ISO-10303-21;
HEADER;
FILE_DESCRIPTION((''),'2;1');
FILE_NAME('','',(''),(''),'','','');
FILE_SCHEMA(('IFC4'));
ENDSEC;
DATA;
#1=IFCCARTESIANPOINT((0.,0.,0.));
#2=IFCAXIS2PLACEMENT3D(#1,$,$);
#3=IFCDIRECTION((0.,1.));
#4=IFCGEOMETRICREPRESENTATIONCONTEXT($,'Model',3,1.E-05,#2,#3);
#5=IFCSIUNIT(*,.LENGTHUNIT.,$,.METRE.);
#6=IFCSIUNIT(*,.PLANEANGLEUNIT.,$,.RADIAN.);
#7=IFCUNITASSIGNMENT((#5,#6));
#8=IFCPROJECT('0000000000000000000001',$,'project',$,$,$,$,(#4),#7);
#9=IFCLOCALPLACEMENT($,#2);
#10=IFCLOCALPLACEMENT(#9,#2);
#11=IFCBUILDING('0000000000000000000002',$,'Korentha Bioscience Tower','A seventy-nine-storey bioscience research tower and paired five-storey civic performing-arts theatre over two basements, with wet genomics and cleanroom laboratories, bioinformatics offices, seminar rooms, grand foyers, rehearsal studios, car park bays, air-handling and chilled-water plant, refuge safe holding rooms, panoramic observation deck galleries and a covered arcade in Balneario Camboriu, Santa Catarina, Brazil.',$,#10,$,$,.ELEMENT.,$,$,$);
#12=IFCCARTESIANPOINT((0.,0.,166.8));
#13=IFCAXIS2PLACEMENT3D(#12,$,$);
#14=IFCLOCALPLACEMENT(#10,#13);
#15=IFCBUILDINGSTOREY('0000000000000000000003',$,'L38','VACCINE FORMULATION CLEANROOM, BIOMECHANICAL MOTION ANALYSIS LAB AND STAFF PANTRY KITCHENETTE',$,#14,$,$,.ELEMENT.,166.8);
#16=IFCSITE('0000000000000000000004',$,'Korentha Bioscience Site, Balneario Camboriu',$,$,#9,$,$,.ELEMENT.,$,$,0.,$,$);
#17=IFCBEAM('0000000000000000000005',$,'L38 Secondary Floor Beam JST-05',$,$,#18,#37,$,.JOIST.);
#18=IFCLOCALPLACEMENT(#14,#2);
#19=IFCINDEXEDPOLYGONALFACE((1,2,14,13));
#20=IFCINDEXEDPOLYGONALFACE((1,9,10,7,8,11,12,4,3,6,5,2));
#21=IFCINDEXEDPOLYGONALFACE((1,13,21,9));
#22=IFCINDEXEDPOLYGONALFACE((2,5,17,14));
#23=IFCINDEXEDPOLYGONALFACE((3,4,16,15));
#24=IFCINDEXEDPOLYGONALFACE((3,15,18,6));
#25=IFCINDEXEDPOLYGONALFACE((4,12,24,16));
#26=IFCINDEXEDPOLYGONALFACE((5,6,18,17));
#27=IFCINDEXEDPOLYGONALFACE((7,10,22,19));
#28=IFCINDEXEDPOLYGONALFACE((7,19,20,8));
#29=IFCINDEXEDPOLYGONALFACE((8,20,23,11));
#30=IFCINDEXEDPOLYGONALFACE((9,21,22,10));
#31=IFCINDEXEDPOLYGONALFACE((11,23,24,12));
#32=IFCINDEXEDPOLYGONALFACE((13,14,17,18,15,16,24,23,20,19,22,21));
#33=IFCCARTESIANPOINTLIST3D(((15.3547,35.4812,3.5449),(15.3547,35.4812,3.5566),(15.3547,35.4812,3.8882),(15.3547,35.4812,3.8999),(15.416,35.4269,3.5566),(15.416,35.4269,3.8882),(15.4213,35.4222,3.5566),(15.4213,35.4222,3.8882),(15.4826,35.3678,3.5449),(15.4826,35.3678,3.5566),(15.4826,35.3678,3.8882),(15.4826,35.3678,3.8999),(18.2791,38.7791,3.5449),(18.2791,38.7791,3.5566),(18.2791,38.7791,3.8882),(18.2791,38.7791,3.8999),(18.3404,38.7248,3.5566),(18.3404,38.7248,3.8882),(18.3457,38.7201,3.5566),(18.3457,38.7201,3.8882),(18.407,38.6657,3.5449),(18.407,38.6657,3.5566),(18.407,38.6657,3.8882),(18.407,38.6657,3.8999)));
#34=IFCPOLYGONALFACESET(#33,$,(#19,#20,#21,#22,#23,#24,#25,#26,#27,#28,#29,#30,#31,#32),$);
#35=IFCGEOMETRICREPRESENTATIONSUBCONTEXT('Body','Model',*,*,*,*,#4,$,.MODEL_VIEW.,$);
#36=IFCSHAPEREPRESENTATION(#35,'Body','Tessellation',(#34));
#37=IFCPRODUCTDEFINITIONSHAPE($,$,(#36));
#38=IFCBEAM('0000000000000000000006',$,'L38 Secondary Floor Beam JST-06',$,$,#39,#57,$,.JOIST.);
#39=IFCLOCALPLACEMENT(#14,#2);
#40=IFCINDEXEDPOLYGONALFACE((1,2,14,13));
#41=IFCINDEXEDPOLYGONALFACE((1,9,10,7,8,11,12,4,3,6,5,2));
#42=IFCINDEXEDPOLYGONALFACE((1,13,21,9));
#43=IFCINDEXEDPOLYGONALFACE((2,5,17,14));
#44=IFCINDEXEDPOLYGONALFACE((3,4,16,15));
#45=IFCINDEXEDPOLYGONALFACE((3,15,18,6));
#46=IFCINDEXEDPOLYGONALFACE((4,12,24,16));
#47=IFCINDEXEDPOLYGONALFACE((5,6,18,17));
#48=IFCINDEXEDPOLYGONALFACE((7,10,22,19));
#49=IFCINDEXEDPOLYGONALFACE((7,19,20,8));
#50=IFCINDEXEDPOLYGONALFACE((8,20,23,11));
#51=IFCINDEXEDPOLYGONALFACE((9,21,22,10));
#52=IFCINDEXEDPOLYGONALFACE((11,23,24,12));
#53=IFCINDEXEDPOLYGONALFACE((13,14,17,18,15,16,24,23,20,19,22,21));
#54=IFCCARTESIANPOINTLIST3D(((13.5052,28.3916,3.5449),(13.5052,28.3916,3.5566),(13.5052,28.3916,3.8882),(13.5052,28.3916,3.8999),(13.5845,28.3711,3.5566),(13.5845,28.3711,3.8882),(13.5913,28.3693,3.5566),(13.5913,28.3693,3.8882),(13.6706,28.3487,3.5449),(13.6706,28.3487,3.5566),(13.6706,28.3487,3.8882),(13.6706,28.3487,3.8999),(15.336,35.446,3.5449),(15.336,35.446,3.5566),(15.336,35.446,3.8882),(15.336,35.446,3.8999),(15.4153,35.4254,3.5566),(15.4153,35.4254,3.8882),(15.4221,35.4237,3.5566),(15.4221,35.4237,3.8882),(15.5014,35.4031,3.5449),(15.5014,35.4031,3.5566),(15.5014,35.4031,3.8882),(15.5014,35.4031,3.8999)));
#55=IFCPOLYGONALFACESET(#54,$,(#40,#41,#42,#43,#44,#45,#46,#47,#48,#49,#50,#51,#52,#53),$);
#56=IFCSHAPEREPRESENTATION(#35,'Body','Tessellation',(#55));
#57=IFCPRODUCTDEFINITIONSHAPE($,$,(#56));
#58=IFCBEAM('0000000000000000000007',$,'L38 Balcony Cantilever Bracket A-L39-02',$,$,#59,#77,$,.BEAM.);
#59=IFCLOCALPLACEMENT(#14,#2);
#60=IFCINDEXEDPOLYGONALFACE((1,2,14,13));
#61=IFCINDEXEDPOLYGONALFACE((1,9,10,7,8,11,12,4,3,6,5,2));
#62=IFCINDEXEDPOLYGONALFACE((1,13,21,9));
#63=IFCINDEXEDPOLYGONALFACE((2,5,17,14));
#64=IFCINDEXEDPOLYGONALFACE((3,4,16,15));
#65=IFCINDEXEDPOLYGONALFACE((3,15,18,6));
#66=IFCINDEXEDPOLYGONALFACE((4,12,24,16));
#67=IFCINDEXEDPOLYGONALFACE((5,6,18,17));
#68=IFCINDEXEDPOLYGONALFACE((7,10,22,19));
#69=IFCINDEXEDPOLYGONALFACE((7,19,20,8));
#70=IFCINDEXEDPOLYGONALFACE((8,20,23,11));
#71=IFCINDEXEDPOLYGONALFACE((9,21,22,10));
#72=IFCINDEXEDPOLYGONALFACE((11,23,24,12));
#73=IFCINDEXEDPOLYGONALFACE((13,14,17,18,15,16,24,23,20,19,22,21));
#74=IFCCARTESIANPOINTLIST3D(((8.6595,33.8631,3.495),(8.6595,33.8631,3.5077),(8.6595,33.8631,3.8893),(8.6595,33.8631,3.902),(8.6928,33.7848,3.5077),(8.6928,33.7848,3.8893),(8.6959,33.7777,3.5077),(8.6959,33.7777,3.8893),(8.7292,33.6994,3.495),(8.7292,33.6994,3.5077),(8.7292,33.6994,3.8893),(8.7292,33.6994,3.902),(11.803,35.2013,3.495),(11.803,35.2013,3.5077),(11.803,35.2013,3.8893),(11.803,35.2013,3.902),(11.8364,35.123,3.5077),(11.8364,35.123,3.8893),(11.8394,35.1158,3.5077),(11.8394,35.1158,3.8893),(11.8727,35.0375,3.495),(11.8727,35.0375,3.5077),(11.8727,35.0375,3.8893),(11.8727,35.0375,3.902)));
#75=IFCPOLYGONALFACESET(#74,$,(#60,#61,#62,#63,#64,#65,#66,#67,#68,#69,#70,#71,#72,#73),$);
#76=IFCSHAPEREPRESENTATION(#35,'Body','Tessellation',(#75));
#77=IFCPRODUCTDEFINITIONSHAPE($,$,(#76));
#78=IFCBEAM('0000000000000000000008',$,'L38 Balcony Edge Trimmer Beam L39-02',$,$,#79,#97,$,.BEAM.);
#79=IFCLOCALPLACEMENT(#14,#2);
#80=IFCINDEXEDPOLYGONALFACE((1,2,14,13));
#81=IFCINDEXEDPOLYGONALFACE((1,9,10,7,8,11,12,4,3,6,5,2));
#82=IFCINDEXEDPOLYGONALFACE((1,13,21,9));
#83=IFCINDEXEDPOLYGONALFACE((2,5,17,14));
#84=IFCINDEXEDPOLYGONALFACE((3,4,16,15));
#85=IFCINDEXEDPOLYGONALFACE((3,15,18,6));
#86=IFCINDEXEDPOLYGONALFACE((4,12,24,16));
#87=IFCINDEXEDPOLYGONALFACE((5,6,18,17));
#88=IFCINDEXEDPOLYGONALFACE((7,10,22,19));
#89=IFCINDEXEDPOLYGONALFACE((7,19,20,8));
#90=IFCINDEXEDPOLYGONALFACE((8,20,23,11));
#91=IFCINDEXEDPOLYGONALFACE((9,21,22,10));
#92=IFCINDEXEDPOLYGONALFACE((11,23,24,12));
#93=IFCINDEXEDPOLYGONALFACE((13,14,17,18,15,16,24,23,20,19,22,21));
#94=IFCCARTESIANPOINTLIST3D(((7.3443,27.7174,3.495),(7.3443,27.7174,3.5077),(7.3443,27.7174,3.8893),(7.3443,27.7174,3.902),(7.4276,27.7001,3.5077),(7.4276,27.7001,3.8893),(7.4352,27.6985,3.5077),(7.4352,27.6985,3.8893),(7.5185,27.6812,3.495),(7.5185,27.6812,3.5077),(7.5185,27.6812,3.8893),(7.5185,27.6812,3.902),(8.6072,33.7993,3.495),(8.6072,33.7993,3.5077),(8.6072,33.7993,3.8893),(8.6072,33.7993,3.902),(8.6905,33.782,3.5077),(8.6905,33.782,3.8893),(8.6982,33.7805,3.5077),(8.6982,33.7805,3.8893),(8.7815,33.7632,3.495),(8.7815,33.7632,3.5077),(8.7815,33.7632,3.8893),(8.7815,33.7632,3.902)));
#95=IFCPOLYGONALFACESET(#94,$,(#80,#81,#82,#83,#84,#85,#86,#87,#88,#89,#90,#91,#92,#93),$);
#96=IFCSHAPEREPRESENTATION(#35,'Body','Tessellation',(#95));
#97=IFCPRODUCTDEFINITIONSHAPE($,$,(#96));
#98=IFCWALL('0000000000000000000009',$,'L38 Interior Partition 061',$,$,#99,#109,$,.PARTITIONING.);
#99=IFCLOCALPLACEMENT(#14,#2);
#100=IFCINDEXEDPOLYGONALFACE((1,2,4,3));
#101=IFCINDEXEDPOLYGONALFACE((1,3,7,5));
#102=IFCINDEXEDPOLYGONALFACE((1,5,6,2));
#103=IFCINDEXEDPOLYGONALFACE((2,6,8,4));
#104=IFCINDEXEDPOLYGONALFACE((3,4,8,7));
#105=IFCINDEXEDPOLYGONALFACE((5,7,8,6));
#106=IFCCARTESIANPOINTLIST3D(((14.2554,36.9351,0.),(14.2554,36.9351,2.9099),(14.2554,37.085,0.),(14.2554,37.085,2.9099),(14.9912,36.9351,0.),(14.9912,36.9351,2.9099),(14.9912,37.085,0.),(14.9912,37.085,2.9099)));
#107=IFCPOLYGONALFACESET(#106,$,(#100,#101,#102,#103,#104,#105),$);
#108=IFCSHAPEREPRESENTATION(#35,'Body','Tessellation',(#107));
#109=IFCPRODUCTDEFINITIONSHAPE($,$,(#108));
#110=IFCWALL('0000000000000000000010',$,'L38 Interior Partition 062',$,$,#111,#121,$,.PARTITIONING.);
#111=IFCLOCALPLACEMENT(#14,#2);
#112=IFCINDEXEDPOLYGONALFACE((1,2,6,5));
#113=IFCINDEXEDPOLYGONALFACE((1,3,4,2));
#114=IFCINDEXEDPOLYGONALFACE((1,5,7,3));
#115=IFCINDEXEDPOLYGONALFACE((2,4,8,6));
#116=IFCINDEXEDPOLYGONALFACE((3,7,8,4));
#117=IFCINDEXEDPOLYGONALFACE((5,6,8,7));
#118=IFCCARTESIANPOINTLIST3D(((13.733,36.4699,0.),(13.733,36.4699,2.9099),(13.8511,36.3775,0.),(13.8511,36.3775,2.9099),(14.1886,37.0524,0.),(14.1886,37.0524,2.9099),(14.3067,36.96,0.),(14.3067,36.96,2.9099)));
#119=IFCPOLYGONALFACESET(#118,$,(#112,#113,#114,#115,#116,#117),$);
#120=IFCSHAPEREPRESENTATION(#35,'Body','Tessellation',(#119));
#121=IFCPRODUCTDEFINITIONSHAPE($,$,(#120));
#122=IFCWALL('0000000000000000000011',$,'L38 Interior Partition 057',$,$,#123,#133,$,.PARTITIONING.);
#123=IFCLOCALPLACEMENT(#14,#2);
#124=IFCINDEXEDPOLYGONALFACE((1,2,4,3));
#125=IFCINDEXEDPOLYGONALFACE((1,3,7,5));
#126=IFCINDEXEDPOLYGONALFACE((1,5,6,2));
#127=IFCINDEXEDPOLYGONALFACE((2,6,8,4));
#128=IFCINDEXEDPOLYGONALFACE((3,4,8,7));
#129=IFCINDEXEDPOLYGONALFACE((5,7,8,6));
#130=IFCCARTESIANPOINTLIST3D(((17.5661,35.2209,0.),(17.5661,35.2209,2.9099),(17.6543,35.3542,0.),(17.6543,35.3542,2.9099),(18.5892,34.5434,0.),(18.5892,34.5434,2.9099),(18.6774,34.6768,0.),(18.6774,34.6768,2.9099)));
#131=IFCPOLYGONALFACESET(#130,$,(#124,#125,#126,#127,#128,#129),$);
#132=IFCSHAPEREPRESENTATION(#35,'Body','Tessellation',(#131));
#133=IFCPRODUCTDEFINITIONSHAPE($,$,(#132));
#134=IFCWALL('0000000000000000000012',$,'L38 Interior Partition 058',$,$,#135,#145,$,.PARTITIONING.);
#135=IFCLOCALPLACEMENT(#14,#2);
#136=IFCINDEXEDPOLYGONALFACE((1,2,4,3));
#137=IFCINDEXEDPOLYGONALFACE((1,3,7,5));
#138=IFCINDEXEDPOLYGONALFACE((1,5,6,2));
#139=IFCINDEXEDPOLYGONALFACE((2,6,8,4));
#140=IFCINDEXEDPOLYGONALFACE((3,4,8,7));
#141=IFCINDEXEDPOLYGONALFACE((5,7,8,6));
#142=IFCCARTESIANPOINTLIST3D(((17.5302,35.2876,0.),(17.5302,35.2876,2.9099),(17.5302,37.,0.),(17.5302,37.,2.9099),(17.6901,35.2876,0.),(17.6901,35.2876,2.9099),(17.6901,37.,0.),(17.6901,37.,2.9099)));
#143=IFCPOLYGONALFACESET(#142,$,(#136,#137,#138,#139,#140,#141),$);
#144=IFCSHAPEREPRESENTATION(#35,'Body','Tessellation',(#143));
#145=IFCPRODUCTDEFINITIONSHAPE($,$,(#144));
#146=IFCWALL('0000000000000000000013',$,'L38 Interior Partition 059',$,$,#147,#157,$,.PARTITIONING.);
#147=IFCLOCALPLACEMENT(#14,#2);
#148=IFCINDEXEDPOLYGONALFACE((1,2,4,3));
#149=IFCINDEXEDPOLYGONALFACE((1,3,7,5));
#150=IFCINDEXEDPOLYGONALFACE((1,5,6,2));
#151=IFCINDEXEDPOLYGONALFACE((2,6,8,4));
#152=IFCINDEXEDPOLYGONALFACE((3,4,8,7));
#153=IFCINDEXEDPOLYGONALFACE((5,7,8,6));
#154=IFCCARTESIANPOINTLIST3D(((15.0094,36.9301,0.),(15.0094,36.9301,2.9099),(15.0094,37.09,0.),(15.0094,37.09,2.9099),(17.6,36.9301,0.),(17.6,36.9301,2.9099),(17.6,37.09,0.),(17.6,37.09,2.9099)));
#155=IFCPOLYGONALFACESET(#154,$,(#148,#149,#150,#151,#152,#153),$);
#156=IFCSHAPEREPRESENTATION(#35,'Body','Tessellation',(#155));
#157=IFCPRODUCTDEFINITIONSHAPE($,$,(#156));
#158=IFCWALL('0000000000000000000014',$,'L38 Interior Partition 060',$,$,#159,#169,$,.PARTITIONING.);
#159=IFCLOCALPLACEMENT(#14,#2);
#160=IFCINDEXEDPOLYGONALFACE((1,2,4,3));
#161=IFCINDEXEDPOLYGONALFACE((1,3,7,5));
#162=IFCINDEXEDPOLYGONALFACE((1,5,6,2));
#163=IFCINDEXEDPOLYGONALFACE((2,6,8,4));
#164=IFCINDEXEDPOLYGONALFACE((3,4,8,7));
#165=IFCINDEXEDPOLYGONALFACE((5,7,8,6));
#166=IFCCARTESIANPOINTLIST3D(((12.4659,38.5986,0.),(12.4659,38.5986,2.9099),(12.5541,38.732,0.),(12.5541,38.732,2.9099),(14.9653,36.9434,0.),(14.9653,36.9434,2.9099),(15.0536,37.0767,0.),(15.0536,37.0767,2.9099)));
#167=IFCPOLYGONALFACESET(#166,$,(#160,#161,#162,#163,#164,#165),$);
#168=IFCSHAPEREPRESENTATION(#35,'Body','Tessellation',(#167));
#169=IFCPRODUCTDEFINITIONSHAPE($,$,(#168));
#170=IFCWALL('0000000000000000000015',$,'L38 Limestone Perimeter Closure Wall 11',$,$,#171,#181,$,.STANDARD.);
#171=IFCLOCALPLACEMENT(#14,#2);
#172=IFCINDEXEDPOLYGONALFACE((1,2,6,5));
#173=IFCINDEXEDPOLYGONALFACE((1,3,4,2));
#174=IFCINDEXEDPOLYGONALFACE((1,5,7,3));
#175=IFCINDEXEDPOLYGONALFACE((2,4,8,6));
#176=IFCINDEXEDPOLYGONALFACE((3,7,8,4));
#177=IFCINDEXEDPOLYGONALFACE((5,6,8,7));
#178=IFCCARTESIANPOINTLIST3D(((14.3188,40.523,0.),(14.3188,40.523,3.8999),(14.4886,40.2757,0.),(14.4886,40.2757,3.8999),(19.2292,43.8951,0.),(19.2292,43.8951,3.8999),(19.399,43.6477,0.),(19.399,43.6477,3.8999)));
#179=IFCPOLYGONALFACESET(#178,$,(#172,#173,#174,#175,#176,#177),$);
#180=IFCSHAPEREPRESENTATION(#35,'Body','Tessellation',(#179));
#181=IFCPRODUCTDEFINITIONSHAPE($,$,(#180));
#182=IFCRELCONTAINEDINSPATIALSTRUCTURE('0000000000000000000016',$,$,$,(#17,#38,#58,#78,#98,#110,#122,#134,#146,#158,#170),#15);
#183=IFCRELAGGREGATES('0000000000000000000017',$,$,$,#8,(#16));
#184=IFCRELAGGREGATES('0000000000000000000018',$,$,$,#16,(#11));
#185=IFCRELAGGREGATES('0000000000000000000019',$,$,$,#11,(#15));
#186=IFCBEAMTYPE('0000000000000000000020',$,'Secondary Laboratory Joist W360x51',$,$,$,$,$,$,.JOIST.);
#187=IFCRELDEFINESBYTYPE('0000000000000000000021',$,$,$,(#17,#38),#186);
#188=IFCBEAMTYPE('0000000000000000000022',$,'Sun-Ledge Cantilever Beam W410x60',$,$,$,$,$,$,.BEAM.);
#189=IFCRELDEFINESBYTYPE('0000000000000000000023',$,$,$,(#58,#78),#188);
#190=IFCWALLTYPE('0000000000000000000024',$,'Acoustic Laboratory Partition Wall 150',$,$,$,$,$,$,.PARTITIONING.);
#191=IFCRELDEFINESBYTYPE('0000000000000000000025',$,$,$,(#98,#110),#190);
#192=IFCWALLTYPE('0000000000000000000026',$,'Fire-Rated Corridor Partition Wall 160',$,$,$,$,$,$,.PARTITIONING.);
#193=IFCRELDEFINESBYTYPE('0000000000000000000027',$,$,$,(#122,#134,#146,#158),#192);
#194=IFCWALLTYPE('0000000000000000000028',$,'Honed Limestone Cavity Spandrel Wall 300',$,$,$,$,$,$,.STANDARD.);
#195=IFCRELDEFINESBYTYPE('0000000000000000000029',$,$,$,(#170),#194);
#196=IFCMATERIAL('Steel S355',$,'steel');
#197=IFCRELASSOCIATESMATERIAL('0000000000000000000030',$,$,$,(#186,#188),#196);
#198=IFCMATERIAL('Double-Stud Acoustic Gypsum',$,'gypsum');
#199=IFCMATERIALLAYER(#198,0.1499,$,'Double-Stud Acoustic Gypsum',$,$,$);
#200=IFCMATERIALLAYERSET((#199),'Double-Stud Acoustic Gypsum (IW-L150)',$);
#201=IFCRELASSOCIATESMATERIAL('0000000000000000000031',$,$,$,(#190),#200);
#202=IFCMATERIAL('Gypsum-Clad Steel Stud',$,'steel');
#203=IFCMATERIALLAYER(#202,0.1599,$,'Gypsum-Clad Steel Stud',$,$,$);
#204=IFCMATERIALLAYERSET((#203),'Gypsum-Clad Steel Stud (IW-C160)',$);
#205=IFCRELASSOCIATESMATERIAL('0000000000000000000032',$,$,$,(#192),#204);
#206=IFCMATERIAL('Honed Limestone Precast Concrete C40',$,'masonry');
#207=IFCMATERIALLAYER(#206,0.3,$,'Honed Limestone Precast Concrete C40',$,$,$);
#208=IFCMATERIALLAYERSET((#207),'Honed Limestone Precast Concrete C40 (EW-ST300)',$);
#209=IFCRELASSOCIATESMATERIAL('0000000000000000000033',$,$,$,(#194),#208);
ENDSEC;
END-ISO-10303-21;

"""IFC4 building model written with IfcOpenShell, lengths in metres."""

from ifc_helpers import new_model, si_unit, direction, frame, frame_2d, origin, origin_2d, place, context, subcontext, project, spatial, rectangle, i_section, extrude, material, layer, layer_set, material_profile, profile_set, type_object, element, save


model = new_model("IFC4")

# Units and contexts
model_context = context("Model", 3, precision=1e-05, world=origin(), true_north=direction((0.0, 1.0)))
body_context = subcontext(model_context, "Body", "Model", "MODEL_VIEW")
ifc_project = project(units=[si_unit("LENGTHUNIT", "METRE"), si_unit("PLANEANGLEUNIT", "RADIAN")], contexts=[model_context])

# Site, building, storey
site_placement = place(None, origin())
site = spatial("IfcSite", under=ifc_project, at=site_placement, Name="Korentha Bioscience Site, Balneario Camboriu", CompositionType="ELEMENT", RefElevation=0.0)
building_placement = place(site_placement, origin())
building = spatial("IfcBuilding", under=site, at=building_placement, Name="Korentha Bioscience Tower", Description="A seventy-nine-storey bioscience research tower and paired five-storey civic performing-arts theatre over two basements, with wet genomics and cleanroom laboratories, bioinformatics offices, seminar rooms, grand foyers, rehearsal studios, car park bays, air-handling and chilled-water plant, refuge safe holding rooms, panoramic observation deck galleries and a covered arcade in Balneario Camboriu, Santa Catarina, Brazil.", CompositionType="ELEMENT")
storey_placement = place(building_placement, frame((0.0, 0.0, 166.8)))
storey = spatial("IfcBuildingStorey", under=building, at=storey_placement, Name="L38", Description="VACCINE FORMULATION CLEANROOM, BIOMECHANICAL MOTION ANALYSIS LAB AND STAFF PANTRY KITCHENETTE", CompositionType="ELEMENT", Elevation=166.8)

# Beams
ifc_material_1 = material(Name="Steel S355", Category="steel")
ifc_material_profile_1 = material_profile(ifc_material_1, i_section(OverallWidth=0.1709, OverallDepth=0.355, WebThickness=0.0071, FlangeThickness=0.0117, at=origin_2d()), Name="Steel S355")
ifc_profile_set_1 = profile_set([ifc_material_profile_1], Name="Steel S355 (JB-360)")
beam_type_1 = type_object("IfcBeamType", Name="Secondary Laboratory Joist W360x51", PredefinedType="JOIST", material=ifc_profile_set_1)
beam_1_placement = place(storey_placement, frame((18.343, 38.7224, 3.7224), z_axis=(-0.663463, -0.748209, 0.0), x_axis=(0.748209, -0.663463, 0.0)))
element("IfcBeam", 1, at=beam_1_placement, inside=storey, type_object=beam_type_1, Name="L38 Secondary Floor Beam JST-05", PredefinedType="JOIST", context=body_context, shape_type="SweptSolid", body=[
    extrude(i_section(OverallWidth=0.1709, OverallDepth=0.355, WebThickness=0.0071, FlangeThickness=0.0117, at=origin_2d()), origin(), (0.0, 0.0, 1.0), 4.4077),
])
beam_2_placement = place(storey_placement, frame((15.4187, 35.4246, 3.7224), z_axis=(-0.251204, -0.967934, 0.0), x_axis=(0.967934, -0.251204, 0.0)))
element("IfcBeam", 2, at=beam_2_placement, inside=storey, type_object=beam_type_1, Name="L38 Secondary Floor Beam JST-06", PredefinedType="JOIST", context=body_context, shape_type="SweptSolid", body=[
    extrude(i_section(OverallWidth=0.1709, OverallDepth=0.355, WebThickness=0.0071, FlangeThickness=0.0117, at=origin_2d()), origin(), (0.0, 0.0, 1.0), 7.2881),
])
ifc_material_profile_2 = material_profile(ifc_material_1, i_section(OverallWidth=0.178, OverallDepth=0.407, WebThickness=0.0078, FlangeThickness=0.0127, at=origin_2d()), Name="Steel S355")
ifc_profile_set_2 = profile_set([ifc_material_profile_2], Name="Steel S355 (CB-410)")
beam_type_2 = type_object("IfcBeamType", Name="Sun-Ledge Cantilever Beam W410x60", PredefinedType="BEAM", material=ifc_profile_set_2)
beam_3_placement = place(storey_placement, frame((11.8379, 35.1194, 3.6985), z_axis=(-0.920107, -0.391667, 0.0), x_axis=(0.391667, -0.920107, 0.0)))
element("IfcBeam", 3, at=beam_3_placement, inside=storey, type_object=beam_type_2, Name="L38 Balcony Cantilever Bracket A-L39-02", PredefinedType="BEAM", context=body_context, shape_type="SweptSolid", body=[
    extrude(i_section(OverallWidth=0.178, OverallDepth=0.407, WebThickness=0.0078, FlangeThickness=0.0127, at=origin_2d()), origin(), (0.0, 0.0, 1.0), 3.4165),
])
beam_4_placement = place(storey_placement, frame((8.6943, 33.7812, 3.6985), z_axis=(-0.203314, -0.979114, 0.0), x_axis=(0.979114, -0.203314, 0.0)))
element("IfcBeam", 4, at=beam_4_placement, inside=storey, type_object=beam_type_2, Name="L38 Balcony Edge Trimmer Beam L39-02", PredefinedType="BEAM", context=body_context, shape_type="SweptSolid", body=[
    extrude(i_section(OverallWidth=0.178, OverallDepth=0.407, WebThickness=0.0078, FlangeThickness=0.0127, at=origin_2d()), origin(), (0.0, 0.0, 1.0), 6.2117),
])

# Shared definitions
ifc_material_2 = material(Name="Double-Stud Acoustic Gypsum", Category="gypsum")
ifc_layer_1 = layer(ifc_material_2, 0.1499, Name="Double-Stud Acoustic Gypsum")
ifc_layer_set_1 = layer_set([ifc_layer_1], Name="Double-Stud Acoustic Gypsum (IW-L150)")
wall_type_1 = type_object("IfcWallType", Name="Acoustic Laboratory Partition Wall 150", PredefinedType="PARTITIONING", material=ifc_layer_set_1)

# Walls
wall_1_placement = place(storey_placement, frame((14.9912, 37.01, 0.0), z_axis=(0.0, 0.0, 1.0), x_axis=(-1.0, 0.0, 0.0)))
element("IfcWall", 5, at=wall_1_placement, inside=storey, type_object=wall_type_1, Name="L38 Interior Partition 061", PredefinedType="PARTITIONING", context=body_context, shape_type="SweptSolid", body=[
    extrude(rectangle(XDim=0.7358, YDim=0.1499, at=frame_2d((0.3679, 0.0))), origin(), (0.0, 0.0, 1.0), 2.9099),
])
wall_2_placement = place(storey_placement, frame((14.2476, 37.0061, 0.0), z_axis=(0.0, 0.0, 1.0), x_axis=(-0.616041, -0.787714, 0.0)))
element("IfcWall", 6, at=wall_2_placement, inside=storey, type_object=wall_type_1, Name="L38 Interior Partition 062", PredefinedType="PARTITIONING", context=body_context, shape_type="SweptSolid", body=[
    extrude(rectangle(XDim=0.7395, YDim=0.1499, at=frame_2d((0.3696, 0.0))), origin(), (0.0, 0.0, 1.0), 2.9099),
])
ifc_material_3 = material(Name="Gypsum-Clad Steel Stud", Category="steel")
ifc_layer_2 = layer(ifc_material_3, 0.1599, Name="Gypsum-Clad Steel Stud")
ifc_layer_set_2 = layer_set([ifc_layer_2], Name="Gypsum-Clad Steel Stud (IW-C160)")
wall_type_2 = type_object("IfcWallType", Name="Fire-Rated Corridor Partition Wall 160", PredefinedType="PARTITIONING", material=ifc_layer_set_2)
wall_3_placement = place(storey_placement, frame((18.6333, 34.6101, 0.0), z_axis=(0.0, 0.0, 1.0), x_axis=(-0.833791, 0.552081, 0.0)))
element("IfcWall", 7, at=wall_3_placement, inside=storey, type_object=wall_type_2, Name="L38 Interior Partition 057", PredefinedType="PARTITIONING", context=body_context, shape_type="SweptSolid", body=[
    extrude(rectangle(XDim=1.2271, YDim=0.1599, at=frame_2d((0.6135, 0.0))), origin(), (0.0, 0.0, 1.0), 2.9099),
])
wall_4_placement = place(storey_placement, frame((17.6101, 35.2876, 0.0), z_axis=(0.0, 0.0, 1.0), x_axis=(0.0, 1.0, 0.0)))
element("IfcWall", 8, at=wall_4_placement, inside=storey, type_object=wall_type_2, Name="L38 Interior Partition 058", PredefinedType="PARTITIONING", context=body_context, shape_type="SweptSolid", body=[
    extrude(rectangle(XDim=1.7124, YDim=0.1599, at=frame_2d((0.8562, 0.0))), origin(), (0.0, 0.0, 1.0), 2.9099),
])
wall_5_placement = place(storey_placement, frame((17.6001, 37.01, 0.0), z_axis=(0.0, 0.0, 1.0), x_axis=(-1.0, 0.0, 0.0)))
element("IfcWall", 9, at=wall_5_placement, inside=storey, type_object=wall_type_2, Name="L38 Interior Partition 059", PredefinedType="PARTITIONING", context=body_context, shape_type="SweptSolid", body=[
    extrude(rectangle(XDim=2.5906, YDim=0.1599, at=frame_2d((1.2954, 0.0))), origin(), (0.0, 0.0, 1.0), 2.9099),
])
wall_6_placement = place(storey_placement, frame((15.0095, 37.01, 0.0), z_axis=(0.0, 0.0, 1.0), x_axis=(-0.83375, 0.552142, 0.0)))
element("IfcWall", 10, at=wall_6_placement, inside=storey, type_object=wall_type_2, Name="L38 Interior Partition 060", PredefinedType="PARTITIONING", context=body_context, shape_type="SweptSolid", body=[
    extrude(rectangle(XDim=2.9978, YDim=0.1599, at=frame_2d((1.499, 0.0))), origin(), (0.0, 0.0, 1.0), 2.9099),
])

# Shared definitions
ifc_material_4 = material(Name="Honed Limestone Precast Concrete C40", Category="masonry")
ifc_layer_3 = layer(ifc_material_4, 0.3, Name="Honed Limestone Precast Concrete C40")
ifc_layer_set_3 = layer_set([ifc_layer_3], Name="Honed Limestone Precast Concrete C40 (EW-ST300)")
wall_type_3 = type_object("IfcWallType", Name="Honed Limestone Cavity Spandrel Wall 300", PredefinedType="STANDARD", material=ifc_layer_set_3)

# Wall
wall_7_placement = place(storey_placement, frame((19.3142, 43.7715, 0.0), z_axis=(0.0, 0.0, 1.0), x_axis=(-0.824342, -0.566092, 0.0)))
element("IfcWall", 11, at=wall_7_placement, inside=storey, type_object=wall_type_3, Name="L38 Limestone Perimeter Closure Wall 11", PredefinedType="STANDARD", context=body_context, shape_type="SweptSolid", body=[
    extrude(rectangle(XDim=5.9568, YDim=0.3, at=frame_2d((2.9785, 0.0))), origin(), (0.0, 0.0, 1.0), 3.8999),
])

save(model, "model.ifc")
